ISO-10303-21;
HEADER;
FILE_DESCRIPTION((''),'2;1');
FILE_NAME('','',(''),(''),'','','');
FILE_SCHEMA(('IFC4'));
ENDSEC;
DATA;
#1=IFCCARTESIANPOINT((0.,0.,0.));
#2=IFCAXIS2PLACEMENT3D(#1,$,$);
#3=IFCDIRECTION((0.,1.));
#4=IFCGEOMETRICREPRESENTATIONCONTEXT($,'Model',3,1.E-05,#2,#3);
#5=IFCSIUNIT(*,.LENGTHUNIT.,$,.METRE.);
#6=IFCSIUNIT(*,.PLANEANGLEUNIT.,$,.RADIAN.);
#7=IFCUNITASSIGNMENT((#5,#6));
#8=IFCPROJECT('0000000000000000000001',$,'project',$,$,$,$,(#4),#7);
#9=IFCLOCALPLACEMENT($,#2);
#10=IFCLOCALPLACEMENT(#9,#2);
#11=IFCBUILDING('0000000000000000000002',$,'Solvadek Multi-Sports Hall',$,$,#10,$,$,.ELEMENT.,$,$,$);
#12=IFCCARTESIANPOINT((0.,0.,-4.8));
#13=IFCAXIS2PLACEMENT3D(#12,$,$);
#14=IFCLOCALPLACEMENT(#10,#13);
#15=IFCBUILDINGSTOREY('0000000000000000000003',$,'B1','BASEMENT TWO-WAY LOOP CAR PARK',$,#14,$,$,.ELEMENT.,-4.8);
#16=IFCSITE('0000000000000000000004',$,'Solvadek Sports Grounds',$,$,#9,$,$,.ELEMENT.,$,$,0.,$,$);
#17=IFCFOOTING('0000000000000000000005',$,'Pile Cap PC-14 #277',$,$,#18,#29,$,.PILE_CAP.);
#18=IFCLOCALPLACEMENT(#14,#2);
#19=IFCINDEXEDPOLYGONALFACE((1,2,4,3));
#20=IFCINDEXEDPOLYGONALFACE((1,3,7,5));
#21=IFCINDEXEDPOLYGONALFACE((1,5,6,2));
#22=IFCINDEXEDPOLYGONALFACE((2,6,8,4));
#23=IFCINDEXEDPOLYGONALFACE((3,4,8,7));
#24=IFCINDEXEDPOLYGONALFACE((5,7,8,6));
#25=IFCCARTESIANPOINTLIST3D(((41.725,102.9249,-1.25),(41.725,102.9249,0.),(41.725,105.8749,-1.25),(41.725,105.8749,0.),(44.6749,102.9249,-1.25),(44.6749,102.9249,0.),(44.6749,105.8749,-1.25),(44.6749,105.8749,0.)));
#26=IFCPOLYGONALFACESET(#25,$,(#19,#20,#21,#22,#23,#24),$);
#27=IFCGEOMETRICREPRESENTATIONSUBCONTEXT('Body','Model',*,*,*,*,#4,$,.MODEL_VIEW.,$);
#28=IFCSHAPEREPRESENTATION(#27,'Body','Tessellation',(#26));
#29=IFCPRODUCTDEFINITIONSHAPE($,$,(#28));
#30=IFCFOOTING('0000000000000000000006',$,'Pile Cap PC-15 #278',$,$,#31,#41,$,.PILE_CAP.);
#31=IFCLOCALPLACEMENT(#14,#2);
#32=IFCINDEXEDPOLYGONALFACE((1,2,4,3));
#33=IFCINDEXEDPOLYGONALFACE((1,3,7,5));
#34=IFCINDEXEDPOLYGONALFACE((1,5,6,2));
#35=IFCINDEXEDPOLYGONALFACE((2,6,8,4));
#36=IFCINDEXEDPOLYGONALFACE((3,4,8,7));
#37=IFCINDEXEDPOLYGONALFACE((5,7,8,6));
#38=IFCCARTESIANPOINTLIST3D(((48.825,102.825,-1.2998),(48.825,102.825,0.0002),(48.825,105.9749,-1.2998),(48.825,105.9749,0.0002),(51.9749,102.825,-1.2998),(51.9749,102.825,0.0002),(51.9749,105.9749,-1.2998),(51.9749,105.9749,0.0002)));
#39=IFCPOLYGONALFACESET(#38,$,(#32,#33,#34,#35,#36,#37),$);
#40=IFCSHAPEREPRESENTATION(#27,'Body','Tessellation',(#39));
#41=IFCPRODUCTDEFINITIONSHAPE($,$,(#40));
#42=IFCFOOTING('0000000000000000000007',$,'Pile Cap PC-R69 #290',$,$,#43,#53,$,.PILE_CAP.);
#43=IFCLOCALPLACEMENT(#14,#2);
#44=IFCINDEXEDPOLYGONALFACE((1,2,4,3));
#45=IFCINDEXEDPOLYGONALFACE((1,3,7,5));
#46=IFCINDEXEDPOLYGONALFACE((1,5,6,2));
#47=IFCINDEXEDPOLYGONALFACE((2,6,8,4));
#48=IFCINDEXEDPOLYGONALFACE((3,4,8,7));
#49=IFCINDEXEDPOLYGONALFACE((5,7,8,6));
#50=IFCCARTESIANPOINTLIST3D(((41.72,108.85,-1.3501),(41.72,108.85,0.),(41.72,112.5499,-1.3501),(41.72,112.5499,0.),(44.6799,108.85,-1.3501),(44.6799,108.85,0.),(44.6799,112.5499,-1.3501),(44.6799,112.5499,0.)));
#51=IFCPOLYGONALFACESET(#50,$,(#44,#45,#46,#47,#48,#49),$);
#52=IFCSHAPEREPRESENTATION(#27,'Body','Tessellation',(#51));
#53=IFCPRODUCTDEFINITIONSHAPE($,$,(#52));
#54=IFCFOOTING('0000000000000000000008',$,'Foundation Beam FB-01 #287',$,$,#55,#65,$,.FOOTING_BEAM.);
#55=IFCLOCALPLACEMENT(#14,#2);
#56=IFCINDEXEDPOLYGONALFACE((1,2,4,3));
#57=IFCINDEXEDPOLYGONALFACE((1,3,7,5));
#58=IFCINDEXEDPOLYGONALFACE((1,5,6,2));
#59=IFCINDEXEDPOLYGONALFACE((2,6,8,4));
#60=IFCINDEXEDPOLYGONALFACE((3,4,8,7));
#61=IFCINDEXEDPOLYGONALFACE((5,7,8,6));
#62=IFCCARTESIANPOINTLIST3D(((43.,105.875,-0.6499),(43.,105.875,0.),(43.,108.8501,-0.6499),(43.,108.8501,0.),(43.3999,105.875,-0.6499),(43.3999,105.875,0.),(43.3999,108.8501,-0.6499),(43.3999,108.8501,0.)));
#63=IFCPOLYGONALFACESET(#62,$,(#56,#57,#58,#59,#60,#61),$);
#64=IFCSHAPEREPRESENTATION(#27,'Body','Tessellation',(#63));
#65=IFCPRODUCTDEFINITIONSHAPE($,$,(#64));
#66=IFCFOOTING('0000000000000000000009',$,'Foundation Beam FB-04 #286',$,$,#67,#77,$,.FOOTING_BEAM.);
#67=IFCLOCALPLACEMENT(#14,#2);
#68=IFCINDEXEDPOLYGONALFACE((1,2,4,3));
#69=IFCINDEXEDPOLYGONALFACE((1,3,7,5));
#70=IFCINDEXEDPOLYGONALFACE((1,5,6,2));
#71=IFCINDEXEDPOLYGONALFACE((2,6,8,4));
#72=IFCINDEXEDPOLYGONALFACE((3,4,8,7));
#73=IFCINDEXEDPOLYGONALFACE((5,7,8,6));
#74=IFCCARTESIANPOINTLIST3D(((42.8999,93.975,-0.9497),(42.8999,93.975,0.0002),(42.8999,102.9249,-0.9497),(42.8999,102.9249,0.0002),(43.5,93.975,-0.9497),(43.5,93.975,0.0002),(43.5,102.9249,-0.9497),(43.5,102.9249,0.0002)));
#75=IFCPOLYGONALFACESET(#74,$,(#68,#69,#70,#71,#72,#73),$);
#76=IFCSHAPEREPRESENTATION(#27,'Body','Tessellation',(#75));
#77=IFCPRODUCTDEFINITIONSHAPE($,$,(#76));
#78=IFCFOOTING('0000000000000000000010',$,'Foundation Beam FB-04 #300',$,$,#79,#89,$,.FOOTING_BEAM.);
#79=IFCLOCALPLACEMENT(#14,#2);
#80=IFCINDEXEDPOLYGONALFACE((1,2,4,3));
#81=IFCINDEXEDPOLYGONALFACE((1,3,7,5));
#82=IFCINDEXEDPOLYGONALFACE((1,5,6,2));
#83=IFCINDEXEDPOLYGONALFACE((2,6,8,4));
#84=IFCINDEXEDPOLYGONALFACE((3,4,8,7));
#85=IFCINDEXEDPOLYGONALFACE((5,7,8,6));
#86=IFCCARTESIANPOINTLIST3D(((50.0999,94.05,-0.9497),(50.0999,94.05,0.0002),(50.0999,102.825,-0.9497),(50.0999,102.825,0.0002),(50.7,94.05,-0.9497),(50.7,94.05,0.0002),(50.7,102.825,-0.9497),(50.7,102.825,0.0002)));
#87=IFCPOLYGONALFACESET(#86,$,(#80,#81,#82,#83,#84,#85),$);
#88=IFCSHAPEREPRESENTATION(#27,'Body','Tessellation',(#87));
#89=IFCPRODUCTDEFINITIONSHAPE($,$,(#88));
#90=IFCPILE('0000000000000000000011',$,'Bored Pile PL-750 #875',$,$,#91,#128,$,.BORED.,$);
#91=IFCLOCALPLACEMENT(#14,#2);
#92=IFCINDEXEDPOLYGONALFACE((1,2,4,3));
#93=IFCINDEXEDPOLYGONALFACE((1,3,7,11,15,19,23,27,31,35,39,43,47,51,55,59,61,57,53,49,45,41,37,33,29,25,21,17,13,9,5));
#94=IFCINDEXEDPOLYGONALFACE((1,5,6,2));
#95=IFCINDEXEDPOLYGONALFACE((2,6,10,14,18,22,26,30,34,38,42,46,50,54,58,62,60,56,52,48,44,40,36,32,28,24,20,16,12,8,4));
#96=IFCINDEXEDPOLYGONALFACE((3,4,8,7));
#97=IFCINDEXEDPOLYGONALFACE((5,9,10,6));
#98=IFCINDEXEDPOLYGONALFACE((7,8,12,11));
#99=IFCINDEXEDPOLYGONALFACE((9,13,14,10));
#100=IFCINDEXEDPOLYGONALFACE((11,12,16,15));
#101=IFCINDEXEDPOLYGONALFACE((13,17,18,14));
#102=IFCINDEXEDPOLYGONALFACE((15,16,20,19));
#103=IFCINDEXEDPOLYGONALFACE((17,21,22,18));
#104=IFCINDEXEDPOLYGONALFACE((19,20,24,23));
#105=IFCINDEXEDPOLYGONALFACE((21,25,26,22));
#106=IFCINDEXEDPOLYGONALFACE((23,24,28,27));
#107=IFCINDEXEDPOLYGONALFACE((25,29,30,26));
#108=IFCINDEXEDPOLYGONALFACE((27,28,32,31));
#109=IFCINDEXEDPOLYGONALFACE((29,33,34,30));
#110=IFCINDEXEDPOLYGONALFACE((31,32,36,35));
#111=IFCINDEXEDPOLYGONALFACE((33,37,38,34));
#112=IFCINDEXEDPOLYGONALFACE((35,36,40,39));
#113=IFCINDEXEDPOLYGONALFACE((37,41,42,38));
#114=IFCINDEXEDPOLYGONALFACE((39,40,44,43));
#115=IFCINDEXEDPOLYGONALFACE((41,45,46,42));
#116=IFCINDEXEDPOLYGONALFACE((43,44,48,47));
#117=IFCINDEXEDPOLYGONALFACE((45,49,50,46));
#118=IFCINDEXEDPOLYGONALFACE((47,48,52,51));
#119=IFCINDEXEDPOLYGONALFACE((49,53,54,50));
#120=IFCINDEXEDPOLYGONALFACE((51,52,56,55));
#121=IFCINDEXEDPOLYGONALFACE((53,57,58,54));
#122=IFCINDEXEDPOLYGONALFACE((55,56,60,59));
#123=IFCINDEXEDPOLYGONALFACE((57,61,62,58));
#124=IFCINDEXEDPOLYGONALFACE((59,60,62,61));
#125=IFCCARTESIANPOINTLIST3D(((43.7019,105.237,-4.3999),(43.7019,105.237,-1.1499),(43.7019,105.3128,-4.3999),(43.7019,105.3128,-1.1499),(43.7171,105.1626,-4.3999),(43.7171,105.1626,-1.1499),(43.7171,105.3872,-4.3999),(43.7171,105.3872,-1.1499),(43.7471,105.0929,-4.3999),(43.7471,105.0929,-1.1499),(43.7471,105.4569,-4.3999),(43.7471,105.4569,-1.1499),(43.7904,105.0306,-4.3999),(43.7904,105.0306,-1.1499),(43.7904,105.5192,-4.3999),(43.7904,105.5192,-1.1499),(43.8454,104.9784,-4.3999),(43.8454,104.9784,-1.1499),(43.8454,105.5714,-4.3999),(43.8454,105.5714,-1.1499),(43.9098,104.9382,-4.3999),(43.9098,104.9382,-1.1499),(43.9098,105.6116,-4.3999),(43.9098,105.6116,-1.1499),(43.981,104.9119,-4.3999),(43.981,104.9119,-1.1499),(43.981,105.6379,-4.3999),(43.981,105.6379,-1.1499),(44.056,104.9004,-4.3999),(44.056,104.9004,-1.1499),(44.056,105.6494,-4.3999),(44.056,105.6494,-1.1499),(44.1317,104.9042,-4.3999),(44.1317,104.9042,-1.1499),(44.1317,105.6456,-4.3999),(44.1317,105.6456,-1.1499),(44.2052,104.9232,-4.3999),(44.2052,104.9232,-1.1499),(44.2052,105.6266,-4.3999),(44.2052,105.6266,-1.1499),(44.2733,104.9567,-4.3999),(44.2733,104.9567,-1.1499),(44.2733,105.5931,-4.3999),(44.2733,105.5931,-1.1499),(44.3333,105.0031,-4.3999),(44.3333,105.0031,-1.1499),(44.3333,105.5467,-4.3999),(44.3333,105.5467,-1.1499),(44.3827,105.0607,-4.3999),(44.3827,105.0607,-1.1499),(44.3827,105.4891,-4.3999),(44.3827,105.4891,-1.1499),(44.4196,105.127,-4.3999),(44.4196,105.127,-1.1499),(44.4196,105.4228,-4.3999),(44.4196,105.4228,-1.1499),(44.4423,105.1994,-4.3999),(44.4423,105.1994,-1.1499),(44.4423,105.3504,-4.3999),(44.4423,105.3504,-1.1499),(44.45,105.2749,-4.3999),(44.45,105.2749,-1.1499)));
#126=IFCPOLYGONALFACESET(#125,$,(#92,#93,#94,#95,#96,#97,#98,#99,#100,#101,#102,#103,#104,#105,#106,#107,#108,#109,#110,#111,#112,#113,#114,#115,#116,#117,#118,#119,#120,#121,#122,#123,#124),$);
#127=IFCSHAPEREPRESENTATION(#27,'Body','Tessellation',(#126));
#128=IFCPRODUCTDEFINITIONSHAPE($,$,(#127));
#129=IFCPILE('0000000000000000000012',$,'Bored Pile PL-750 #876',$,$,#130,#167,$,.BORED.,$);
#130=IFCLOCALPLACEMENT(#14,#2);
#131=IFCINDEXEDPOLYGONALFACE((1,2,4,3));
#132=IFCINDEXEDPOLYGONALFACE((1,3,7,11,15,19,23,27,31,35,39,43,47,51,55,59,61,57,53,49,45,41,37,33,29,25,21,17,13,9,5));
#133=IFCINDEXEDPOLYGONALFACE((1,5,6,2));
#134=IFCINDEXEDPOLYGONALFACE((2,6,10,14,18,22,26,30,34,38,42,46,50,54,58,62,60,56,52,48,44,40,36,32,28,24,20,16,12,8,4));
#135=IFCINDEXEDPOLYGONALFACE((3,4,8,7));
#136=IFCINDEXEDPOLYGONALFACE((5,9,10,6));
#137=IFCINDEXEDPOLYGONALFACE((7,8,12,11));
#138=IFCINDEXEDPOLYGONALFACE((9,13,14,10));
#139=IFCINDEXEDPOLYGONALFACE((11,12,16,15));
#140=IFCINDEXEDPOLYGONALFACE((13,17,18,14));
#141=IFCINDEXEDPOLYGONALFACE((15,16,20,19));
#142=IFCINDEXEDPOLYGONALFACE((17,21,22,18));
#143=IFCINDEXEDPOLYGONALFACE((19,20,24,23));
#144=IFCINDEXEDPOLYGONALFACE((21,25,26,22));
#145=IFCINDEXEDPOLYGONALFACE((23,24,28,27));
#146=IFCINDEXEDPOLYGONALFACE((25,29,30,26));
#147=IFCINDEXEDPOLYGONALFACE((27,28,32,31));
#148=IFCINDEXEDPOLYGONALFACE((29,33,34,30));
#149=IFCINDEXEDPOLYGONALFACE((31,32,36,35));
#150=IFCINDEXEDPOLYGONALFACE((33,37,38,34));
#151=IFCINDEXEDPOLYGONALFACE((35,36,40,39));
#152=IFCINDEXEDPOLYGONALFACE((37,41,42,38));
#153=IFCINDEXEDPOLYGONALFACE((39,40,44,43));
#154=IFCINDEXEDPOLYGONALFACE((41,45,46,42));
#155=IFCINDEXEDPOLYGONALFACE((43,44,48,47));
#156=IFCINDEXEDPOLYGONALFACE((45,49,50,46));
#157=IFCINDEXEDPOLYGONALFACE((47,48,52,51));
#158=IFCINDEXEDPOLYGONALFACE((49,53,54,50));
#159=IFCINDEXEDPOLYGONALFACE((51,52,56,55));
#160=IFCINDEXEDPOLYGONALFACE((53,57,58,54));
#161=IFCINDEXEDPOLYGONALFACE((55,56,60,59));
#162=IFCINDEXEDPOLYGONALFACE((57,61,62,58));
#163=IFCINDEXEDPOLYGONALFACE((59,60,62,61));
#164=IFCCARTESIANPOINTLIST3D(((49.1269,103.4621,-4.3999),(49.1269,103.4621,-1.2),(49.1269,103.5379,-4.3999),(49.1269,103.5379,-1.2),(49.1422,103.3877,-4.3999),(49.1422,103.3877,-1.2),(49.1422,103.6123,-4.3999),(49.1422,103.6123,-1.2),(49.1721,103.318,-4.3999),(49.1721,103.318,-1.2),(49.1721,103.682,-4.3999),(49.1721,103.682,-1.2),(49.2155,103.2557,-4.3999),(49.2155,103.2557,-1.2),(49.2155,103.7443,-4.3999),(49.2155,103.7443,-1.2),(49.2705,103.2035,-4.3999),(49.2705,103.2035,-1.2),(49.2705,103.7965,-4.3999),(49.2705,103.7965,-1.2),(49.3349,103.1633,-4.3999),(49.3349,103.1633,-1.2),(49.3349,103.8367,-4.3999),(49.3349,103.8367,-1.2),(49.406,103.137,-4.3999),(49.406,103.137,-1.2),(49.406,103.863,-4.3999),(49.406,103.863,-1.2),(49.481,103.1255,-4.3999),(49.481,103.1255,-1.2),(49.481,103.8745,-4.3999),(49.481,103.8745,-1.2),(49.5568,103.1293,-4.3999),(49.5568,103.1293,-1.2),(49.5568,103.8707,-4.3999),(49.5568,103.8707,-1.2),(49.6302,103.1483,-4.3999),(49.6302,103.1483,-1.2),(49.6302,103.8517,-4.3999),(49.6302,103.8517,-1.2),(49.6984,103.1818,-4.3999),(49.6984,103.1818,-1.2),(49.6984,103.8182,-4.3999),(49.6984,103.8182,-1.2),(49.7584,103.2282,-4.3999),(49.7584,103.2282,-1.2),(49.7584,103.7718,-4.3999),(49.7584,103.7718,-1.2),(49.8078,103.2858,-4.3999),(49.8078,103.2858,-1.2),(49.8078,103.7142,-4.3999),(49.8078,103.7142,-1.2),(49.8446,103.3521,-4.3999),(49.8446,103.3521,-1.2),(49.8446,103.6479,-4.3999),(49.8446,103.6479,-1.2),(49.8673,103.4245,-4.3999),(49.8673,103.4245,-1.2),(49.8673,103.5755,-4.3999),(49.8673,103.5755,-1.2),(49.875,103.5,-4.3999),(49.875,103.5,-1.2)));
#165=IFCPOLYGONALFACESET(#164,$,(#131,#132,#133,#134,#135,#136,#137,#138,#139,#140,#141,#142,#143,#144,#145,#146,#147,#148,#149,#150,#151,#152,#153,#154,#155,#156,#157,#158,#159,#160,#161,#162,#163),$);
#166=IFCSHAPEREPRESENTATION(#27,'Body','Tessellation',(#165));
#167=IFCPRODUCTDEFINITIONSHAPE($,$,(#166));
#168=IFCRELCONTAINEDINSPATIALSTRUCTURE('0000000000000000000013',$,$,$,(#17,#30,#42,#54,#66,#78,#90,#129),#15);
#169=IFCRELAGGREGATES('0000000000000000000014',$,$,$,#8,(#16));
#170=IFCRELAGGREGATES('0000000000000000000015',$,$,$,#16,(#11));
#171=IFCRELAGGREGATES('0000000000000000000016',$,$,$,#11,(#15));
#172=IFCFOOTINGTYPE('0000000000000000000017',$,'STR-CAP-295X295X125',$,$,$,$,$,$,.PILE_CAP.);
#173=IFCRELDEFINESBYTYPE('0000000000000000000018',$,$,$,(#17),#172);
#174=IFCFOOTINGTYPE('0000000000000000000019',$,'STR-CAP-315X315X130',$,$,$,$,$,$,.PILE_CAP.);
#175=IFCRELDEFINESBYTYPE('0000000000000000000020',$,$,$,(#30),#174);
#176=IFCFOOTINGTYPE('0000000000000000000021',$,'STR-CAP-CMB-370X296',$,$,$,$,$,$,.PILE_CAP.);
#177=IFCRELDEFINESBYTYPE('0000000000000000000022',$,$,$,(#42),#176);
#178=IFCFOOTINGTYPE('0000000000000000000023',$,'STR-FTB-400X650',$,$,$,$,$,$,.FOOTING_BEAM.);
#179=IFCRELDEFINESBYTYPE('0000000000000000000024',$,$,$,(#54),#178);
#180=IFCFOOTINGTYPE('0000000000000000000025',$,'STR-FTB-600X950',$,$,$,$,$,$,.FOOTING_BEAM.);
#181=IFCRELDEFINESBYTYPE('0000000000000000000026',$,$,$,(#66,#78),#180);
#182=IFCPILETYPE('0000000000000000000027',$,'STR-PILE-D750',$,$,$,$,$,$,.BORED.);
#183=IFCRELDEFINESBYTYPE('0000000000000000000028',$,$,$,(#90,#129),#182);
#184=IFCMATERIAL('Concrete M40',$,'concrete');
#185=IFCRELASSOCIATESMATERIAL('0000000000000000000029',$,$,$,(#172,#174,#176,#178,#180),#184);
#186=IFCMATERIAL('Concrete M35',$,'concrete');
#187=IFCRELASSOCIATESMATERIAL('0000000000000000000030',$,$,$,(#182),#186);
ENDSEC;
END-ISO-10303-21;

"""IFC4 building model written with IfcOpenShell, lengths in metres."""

from ifc_helpers import new_model, si_unit, direction, frame, origin, origin_2d, place, context, subcontext, project, spatial, rectangle, circle, extrude, material, material_profile, profile_set, type_object, element, save


model = new_model("IFC4")

# Units and contexts
model_context = context("Model", 3, precision=1e-05, world=origin(), true_north=direction((0.0, 1.0)))
body_context = subcontext(model_context, "Body", "Model", "MODEL_VIEW")
ifc_project = project(units=[si_unit("LENGTHUNIT", "METRE"), si_unit("PLANEANGLEUNIT", "RADIAN")], contexts=[model_context])

# Site, building, storey
site_placement = place(None, origin())
site = spatial("IfcSite", under=ifc_project, at=site_placement, Name="Solvadek Sports Grounds", CompositionType="ELEMENT", RefElevation=0.0)
building_placement = place(site_placement, origin())
building = spatial("IfcBuilding", under=site, at=building_placement, Name="Solvadek Multi-Sports Hall", CompositionType="ELEMENT")
storey_placement = place(building_placement, frame((0.0, 0.0, -4.8)))
storey = spatial("IfcBuildingStorey", under=building, at=storey_placement, Name="B1", Description="BASEMENT TWO-WAY LOOP CAR PARK", CompositionType="ELEMENT", Elevation=-4.8)

# Footings
ifc_material_1 = material(Name="Concrete M40", Category="concrete")
footing_type_1 = type_object("IfcFootingType", Name="STR-CAP-295X295X125", PredefinedType="PILE_CAP", material=ifc_material_1)
footing_1_placement = place(storey_placement, frame((43.2, 104.3999, -1.25), z_axis=(0.0, 0.0, 1.0), x_axis=(1.0, 0.0, 0.0)))
element("IfcFooting", 1, at=footing_1_placement, inside=storey, type_object=footing_type_1, Name="Pile Cap PC-14 #277", PredefinedType="PILE_CAP", context=body_context, shape_type="SweptSolid", body=[
    extrude(rectangle(XDim=2.95, YDim=2.95, at=origin_2d()), origin(), (0.0, 0.0, 1.0), 1.25),
])
footing_type_2 = type_object("IfcFootingType", Name="STR-CAP-315X315X130", PredefinedType="PILE_CAP", material=ifc_material_1)
footing_2_placement = place(storey_placement, frame((50.3999, 104.3999, -1.2998), z_axis=(0.0, 0.0, 1.0), x_axis=(1.0, 0.0, 0.0)))
element("IfcFooting", 2, at=footing_2_placement, inside=storey, type_object=footing_type_2, Name="Pile Cap PC-15 #278", PredefinedType="PILE_CAP", context=body_context, shape_type="SweptSolid", body=[
    extrude(rectangle(XDim=3.1499, YDim=3.1499, at=origin_2d()), origin(), (0.0, 0.0, 1.0), 1.3),
])
footing_type_3 = type_object("IfcFootingType", Name="STR-CAP-CMB-370X296", PredefinedType="PILE_CAP", material=ifc_material_1)
footing_3_placement = place(storey_placement, frame((43.2, 110.7, -1.3501), z_axis=(0.0, 0.0, 1.0), x_axis=(0.0, 1.0, 0.0)))
element("IfcFooting", 3, at=footing_3_placement, inside=storey, type_object=footing_type_3, Name="Pile Cap PC-R69 #290", PredefinedType="PILE_CAP", context=body_context, shape_type="SweptSolid", body=[
    extrude(rectangle(XDim=3.7, YDim=2.96, at=origin_2d()), origin(), (0.0, 0.0, 1.0), 1.3501),
])
footing_type_4 = type_object("IfcFootingType", Name="STR-FTB-400X650", PredefinedType="FOOTING_BEAM", material=ifc_material_1)
footing_4_placement = place(storey_placement, frame((43.2, 107.3625, -0.6499), z_axis=(0.0, 0.0, 1.0), x_axis=(0.0, 1.0, 0.0)))
element("IfcFooting", 4, at=footing_4_placement, inside=storey, type_object=footing_type_4, Name="Foundation Beam FB-01 #287", PredefinedType="FOOTING_BEAM", context=body_context, shape_type="SweptSolid", body=[
    extrude(rectangle(XDim=2.9751, YDim=0.3999, at=origin_2d()), origin(), (0.0, 0.0, 1.0), 0.6499),
])
footing_type_5 = type_object("IfcFootingType", Name="STR-FTB-600X950", PredefinedType="FOOTING_BEAM", material=ifc_material_1)
footing_5_placement = place(storey_placement, frame((43.2, 98.45, -0.9497), z_axis=(0.0, 0.0, 1.0), x_axis=(0.0, 1.0, 0.0)))
element("IfcFooting", 5, at=footing_5_placement, inside=storey, type_object=footing_type_5, Name="Foundation Beam FB-04 #286", PredefinedType="FOOTING_BEAM", context=body_context, shape_type="SweptSolid", body=[
    extrude(rectangle(XDim=8.95, YDim=0.6001, at=origin_2d()), origin(), (0.0, 0.0, 1.0), 0.95),
])
footing_6_placement = place(storey_placement, frame((50.3999, 98.4375, -0.9497), z_axis=(0.0, 0.0, 1.0), x_axis=(0.0, 1.0, 0.0)))
element("IfcFooting", 6, at=footing_6_placement, inside=storey, type_object=footing_type_5, Name="Foundation Beam FB-04 #300", PredefinedType="FOOTING_BEAM", context=body_context, shape_type="SweptSolid", body=[
    extrude(rectangle(XDim=8.7749, YDim=0.6001, at=origin_2d()), origin(), (0.0, 0.0, 1.0), 0.95),
])

# Piles
ifc_material_2 = material(Name="Concrete M35", Category="concrete")
ifc_material_profile_1 = material_profile(ifc_material_2, circle(Radius=0.375, at=origin_2d()), Name="BORED PILE D750")
ifc_profile_set_1 = profile_set([ifc_material_profile_1], Name="Concrete M35")
pile_type = type_object("IfcPileType", Name="STR-PILE-D750", PredefinedType="BORED", material=ifc_profile_set_1)
pile_1_placement = place(storey_placement, frame((44.075, 105.2749, -1.1499), z_axis=(0.0, 0.0, -1.0), x_axis=(1.0, 0.0, 0.0)))
element("IfcPile", 7, at=pile_1_placement, inside=storey, type_object=pile_type, Name="Bored Pile PL-750 #875", PredefinedType="BORED", context=body_context, shape_type="SweptSolid", body=[
    extrude(circle(Radius=0.375, at=origin_2d()), origin(), (0.0, 0.0, 1.0), 3.25),
])
pile_2_placement = place(storey_placement, frame((49.5, 103.5, -1.2), z_axis=(0.0, 0.0, -1.0), x_axis=(1.0, 0.0, 0.0)))
element("IfcPile", 8, at=pile_2_placement, inside=storey, type_object=pile_type, Name="Bored Pile PL-750 #876", PredefinedType="BORED", context=body_context, shape_type="SweptSolid", body=[
    extrude(circle(Radius=0.375, at=origin_2d()), origin(), (0.0, 0.0, 1.0), 3.2),
])

save(model, "model.ifc")
